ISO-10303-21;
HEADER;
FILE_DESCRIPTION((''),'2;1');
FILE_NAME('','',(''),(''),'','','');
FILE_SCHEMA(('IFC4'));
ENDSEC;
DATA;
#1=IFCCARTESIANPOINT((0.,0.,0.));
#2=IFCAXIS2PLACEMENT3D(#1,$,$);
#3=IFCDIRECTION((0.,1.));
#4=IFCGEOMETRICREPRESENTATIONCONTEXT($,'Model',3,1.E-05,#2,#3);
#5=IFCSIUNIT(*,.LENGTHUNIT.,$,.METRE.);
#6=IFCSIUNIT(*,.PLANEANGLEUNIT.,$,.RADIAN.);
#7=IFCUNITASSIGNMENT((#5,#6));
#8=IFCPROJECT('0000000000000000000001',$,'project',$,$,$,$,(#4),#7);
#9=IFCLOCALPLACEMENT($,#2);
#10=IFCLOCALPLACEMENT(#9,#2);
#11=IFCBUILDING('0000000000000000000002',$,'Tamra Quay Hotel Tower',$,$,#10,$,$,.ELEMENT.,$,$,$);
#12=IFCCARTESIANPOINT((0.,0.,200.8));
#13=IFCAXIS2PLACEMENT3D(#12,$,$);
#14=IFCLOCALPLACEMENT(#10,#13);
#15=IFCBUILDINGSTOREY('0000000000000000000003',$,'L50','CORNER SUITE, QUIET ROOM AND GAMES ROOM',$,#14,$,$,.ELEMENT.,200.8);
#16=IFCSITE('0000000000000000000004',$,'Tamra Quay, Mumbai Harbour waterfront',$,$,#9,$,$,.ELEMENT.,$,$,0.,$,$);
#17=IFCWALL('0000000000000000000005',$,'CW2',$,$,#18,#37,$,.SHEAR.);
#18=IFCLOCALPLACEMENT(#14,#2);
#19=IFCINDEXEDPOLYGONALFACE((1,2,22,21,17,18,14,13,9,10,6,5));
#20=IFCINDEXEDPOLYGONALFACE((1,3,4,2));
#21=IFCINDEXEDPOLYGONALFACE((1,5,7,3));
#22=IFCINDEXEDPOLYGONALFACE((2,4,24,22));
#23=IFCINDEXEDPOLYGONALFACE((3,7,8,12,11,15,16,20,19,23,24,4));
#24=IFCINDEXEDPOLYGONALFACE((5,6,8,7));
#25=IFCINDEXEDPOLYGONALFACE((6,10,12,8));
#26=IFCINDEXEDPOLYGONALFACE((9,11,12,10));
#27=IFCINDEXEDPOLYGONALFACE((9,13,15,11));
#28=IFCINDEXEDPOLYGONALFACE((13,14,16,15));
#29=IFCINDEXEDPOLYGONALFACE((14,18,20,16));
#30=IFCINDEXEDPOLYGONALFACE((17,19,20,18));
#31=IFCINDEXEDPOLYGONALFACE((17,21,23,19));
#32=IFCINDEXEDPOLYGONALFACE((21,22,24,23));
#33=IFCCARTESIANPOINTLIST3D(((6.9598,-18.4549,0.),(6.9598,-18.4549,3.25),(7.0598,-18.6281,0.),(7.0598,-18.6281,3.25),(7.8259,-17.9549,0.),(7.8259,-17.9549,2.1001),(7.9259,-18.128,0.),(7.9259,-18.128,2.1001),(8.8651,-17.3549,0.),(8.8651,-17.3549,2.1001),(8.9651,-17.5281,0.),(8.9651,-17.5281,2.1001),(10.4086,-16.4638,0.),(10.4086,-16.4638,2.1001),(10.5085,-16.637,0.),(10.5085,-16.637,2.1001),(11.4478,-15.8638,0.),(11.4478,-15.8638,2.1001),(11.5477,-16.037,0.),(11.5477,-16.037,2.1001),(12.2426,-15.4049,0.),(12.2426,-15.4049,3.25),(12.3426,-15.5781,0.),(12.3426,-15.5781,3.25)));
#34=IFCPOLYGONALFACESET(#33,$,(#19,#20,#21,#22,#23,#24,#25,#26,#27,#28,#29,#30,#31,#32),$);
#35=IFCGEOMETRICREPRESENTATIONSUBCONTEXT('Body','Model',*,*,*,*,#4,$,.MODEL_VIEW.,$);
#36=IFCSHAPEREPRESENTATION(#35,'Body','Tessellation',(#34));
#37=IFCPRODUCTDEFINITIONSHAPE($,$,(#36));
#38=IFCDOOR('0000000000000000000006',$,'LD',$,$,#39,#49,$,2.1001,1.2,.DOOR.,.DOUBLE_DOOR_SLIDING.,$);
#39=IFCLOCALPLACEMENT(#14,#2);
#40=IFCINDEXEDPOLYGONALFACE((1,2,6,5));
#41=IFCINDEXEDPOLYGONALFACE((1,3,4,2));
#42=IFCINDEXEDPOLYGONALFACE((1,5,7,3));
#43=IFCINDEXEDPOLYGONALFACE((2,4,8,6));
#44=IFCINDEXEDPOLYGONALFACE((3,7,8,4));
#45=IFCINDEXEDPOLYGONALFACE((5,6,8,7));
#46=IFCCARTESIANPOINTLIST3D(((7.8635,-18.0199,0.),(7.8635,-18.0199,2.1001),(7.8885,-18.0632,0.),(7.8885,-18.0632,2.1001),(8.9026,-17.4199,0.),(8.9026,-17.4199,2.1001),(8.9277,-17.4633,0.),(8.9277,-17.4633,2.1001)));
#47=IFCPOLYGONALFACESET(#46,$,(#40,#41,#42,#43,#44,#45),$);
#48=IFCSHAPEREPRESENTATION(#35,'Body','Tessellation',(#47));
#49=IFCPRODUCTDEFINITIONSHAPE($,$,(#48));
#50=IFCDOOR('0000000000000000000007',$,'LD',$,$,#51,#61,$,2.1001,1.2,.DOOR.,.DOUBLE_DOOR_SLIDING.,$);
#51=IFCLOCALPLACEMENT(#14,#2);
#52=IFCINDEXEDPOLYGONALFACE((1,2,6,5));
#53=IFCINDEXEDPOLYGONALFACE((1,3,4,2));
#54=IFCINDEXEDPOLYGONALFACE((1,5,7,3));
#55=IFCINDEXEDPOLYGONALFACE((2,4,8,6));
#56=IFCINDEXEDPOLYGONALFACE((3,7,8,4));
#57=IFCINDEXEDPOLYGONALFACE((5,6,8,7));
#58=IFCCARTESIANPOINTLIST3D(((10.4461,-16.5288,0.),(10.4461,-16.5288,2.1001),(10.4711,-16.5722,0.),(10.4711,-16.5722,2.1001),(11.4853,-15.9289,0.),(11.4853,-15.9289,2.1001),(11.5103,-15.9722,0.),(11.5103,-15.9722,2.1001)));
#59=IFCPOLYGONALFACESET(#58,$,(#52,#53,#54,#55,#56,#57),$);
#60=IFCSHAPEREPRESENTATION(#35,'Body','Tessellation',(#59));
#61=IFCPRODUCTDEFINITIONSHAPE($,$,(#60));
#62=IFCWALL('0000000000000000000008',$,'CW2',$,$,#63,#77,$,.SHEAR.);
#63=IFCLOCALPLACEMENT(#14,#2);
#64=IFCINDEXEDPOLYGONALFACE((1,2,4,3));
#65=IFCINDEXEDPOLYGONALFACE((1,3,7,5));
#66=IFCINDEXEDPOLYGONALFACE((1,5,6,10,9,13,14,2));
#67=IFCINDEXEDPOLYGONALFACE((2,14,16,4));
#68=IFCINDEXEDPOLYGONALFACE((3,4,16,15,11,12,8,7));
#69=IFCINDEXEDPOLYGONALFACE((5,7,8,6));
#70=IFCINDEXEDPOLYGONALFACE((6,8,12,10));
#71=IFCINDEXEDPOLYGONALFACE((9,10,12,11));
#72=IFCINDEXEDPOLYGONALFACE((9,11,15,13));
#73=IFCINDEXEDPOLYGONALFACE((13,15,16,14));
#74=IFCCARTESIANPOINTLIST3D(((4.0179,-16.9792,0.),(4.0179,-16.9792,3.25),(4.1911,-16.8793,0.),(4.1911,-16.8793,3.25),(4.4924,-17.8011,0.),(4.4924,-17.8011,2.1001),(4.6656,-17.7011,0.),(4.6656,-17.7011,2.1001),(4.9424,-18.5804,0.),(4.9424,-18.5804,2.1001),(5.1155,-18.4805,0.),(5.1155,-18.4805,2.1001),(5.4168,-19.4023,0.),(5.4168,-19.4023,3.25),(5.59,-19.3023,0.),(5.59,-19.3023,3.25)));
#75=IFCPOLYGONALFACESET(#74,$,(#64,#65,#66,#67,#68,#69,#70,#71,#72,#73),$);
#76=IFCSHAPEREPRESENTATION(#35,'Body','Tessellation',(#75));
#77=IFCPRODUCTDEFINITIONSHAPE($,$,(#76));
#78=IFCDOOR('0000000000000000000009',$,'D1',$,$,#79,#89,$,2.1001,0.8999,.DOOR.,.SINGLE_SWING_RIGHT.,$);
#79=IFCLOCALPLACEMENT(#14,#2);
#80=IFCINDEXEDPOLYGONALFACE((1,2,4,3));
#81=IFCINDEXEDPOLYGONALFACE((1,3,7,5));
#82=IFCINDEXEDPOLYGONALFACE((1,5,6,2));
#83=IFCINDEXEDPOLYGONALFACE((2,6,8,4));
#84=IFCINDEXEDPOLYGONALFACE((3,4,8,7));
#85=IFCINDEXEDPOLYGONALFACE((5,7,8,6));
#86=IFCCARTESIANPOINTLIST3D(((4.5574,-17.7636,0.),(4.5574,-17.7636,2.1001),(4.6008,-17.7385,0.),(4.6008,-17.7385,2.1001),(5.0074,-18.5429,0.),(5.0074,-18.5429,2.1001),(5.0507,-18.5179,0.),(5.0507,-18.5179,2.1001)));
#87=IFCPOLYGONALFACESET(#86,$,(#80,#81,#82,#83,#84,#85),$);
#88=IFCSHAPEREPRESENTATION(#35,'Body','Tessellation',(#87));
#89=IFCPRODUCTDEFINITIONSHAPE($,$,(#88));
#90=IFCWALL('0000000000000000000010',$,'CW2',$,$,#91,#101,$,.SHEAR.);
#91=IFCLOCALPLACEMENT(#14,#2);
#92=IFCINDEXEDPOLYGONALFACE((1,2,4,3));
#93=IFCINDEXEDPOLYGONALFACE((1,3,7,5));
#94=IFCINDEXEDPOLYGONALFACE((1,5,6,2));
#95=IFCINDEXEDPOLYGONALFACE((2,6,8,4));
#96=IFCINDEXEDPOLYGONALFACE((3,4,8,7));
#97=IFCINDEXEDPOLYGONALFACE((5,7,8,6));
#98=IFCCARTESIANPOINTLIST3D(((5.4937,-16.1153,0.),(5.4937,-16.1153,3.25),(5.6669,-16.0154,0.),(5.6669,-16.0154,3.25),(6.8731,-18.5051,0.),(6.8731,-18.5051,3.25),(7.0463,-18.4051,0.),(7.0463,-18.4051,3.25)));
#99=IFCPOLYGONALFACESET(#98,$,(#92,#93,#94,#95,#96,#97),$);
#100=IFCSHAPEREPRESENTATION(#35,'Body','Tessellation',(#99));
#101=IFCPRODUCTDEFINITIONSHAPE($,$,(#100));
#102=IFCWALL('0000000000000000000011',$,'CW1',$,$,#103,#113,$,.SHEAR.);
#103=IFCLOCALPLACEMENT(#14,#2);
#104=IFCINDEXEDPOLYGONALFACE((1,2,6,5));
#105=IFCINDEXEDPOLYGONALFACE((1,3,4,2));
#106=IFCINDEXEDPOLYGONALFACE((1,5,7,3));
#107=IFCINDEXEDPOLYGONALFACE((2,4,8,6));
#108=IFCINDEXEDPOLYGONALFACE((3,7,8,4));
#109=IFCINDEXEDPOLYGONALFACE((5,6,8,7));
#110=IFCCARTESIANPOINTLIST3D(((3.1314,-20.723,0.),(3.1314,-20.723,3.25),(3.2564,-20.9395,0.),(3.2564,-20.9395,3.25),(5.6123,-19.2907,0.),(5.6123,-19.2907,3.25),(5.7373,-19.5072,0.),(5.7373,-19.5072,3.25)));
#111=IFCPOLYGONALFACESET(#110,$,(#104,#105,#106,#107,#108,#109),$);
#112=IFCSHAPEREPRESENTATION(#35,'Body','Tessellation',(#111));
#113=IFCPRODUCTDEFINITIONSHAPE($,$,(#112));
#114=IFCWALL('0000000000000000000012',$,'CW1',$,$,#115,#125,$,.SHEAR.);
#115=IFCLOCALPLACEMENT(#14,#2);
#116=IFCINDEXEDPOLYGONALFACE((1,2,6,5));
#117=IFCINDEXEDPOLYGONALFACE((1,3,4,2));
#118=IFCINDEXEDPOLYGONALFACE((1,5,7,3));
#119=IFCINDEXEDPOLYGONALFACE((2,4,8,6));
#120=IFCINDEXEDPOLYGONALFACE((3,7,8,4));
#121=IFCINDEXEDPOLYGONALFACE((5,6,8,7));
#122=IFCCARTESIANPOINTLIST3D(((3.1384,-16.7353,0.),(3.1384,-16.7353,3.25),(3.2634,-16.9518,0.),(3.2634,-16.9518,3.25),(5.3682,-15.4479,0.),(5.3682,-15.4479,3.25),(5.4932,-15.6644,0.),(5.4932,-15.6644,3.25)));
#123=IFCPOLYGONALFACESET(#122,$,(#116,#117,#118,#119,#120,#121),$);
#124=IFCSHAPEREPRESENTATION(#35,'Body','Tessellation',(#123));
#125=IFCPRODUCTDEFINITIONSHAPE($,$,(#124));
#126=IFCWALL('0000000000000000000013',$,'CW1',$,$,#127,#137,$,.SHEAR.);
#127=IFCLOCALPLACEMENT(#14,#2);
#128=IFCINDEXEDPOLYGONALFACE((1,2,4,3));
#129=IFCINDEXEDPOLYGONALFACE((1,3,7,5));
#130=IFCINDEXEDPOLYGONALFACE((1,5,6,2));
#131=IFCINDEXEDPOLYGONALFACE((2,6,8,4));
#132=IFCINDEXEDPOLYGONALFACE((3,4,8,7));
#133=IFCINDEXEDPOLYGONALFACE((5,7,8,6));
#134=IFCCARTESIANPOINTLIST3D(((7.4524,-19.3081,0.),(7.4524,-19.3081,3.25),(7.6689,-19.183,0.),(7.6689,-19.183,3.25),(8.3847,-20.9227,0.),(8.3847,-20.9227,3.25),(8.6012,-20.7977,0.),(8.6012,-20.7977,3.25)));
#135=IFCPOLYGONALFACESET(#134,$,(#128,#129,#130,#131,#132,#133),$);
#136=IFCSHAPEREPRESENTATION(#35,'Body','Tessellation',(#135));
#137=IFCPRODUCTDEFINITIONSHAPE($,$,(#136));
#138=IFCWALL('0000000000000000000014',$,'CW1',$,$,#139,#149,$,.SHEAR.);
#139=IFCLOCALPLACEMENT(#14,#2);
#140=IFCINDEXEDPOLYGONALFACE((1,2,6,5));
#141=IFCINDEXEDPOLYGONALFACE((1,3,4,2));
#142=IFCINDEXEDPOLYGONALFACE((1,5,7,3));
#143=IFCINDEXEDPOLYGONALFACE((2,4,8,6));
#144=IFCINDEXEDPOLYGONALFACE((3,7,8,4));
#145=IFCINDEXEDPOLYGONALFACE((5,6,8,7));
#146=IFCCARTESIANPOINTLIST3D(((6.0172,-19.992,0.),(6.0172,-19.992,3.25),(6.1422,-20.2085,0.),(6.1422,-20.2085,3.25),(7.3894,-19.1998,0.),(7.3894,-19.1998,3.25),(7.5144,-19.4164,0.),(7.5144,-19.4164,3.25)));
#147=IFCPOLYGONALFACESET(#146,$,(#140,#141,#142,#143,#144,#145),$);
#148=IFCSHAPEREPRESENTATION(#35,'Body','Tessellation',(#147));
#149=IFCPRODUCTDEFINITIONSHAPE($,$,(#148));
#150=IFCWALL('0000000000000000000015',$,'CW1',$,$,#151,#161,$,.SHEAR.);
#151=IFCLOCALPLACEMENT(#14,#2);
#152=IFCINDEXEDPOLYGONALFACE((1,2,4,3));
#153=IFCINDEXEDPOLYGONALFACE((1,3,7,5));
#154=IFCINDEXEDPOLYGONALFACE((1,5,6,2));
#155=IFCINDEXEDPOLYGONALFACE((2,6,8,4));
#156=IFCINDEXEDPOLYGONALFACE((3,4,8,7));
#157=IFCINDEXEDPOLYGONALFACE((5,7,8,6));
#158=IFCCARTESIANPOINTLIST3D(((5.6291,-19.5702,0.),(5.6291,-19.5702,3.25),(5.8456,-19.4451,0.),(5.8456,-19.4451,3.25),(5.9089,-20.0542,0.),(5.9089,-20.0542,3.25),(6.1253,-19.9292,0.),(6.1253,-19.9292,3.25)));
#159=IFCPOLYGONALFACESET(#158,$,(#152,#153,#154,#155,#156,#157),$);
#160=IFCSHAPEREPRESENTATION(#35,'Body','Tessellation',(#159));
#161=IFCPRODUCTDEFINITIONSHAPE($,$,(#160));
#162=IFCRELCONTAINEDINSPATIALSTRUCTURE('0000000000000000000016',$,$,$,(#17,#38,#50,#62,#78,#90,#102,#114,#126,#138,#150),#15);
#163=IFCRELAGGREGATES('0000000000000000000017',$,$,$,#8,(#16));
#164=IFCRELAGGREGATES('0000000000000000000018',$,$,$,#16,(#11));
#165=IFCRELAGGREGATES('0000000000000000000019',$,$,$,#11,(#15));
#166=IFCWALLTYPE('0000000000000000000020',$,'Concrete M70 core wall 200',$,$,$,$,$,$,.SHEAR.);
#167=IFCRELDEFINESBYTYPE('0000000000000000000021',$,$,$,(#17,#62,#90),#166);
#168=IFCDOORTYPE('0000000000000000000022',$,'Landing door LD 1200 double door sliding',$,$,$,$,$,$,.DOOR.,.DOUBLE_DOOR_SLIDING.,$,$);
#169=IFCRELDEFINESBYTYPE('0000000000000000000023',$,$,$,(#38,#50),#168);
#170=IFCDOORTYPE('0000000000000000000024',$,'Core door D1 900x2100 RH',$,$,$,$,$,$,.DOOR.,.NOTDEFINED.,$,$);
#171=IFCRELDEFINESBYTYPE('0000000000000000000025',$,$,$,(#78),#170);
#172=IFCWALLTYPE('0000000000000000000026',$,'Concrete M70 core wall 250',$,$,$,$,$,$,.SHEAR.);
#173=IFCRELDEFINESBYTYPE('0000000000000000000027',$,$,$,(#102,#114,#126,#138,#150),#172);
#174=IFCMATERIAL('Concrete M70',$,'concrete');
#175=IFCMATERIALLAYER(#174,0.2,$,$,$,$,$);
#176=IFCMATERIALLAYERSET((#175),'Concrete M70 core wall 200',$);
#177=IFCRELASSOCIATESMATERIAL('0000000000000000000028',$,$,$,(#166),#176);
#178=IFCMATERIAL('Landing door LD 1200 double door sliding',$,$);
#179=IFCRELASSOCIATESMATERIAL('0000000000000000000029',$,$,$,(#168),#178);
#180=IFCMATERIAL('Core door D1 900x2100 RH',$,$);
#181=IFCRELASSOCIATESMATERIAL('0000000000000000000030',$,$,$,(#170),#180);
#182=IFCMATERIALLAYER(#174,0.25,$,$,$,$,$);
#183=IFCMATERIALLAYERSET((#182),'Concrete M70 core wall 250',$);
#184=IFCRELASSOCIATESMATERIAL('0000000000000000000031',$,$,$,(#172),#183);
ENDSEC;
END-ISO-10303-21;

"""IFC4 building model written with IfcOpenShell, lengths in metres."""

from ifc_helpers import new_model, si_unit, direction, frame, frame_2d, origin, place, context, subcontext, project, spatial, rectangle, extrude, material, layer, layer_set, type_object, element, fill, save


model = new_model("IFC4")

# Units and contexts
model_context = context("Model", 3, precision=1e-05, world=origin(), true_north=direction((0.0, 1.0)))
body_context = subcontext(model_context, "Body", "Model", "MODEL_VIEW")
ifc_project = project(units=[si_unit("LENGTHUNIT", "METRE"), si_unit("PLANEANGLEUNIT", "RADIAN")], contexts=[model_context])

# Site, building, storey
site_placement = place(None, origin())
site = spatial("IfcSite", under=ifc_project, at=site_placement, Name="Tamra Quay, Mumbai Harbour waterfront", CompositionType="ELEMENT", RefElevation=0.0)
building_placement = place(site_placement, origin())
building = spatial("IfcBuilding", under=site, at=building_placement, Name="Tamra Quay Hotel Tower", CompositionType="ELEMENT")
storey_placement = place(building_placement, frame((0.0, 0.0, 200.8)))
storey = spatial("IfcBuildingStorey", under=building, at=storey_placement, Name="L50", Description="CORNER SUITE, QUIET ROOM AND GAMES ROOM", CompositionType="ELEMENT", Elevation=200.8)

# Shared definitions
ifc_material_1 = material(Name="Concrete M70", Category="concrete")

# Wall, openings, doors
ifc_layer_1 = layer(ifc_material_1, 0.2)
ifc_layer_set_1 = layer_set([ifc_layer_1], Name="Concrete M70 core wall 200")
wall_type_1 = type_object("IfcWallType", Name="Concrete M70 core wall 200", PredefinedType="SHEAR", material=ifc_layer_set_1)
wall_1_placement = place(storey_placement, frame((7.0098, -18.5415, 0.0), z_axis=(0.0, 0.0, 1.0), x_axis=(0.86603, 0.499992, 0.0)))
wall_1 = element("IfcWall", 1, at=wall_1_placement, inside=storey, type_object=wall_type_1, Name="CW2", PredefinedType="SHEAR", context=body_context, shape_type="SweptSolid", body=[
    extrude(rectangle(XDim=6.1001, YDim=0.2, at=frame_2d((3.05, 0.0))), origin(), (0.0, 0.0, 1.0), 3.25),
])
opening_1_placement = place(wall_1_placement, frame((1.0, 0.0, 0.0)))
opening_1 = element("IfcOpeningElement", 2, at=opening_1_placement, cuts=wall_1, PredefinedType="OPENING", context=body_context, shape_type="SweptSolid", body=[
    extrude(rectangle(XDim=1.2, YDim=2.1001, at=frame_2d((0.6001, 1.05))), frame((0.0, 0.1099, 0.0), z_axis=(0.0, -1.0, 0.0), x_axis=(1.0, 0.0, 0.0)), (0.0, 0.0, 1.0), 0.22),
])
opening_2_placement = place(wall_1_placement, frame((3.9822, 0.0, 0.0)))
opening_2 = element("IfcOpeningElement", 3, at=opening_2_placement, cuts=wall_1, PredefinedType="OPENING", context=body_context, shape_type="SweptSolid", body=[
    extrude(rectangle(XDim=1.2, YDim=2.1001, at=frame_2d((0.6001, 1.05))), frame((0.0, 0.1099, 0.0), z_axis=(0.0, -1.0, 0.0), x_axis=(1.0, 0.0, 0.0)), (0.0, 0.0, 1.0), 0.22),
])
ifc_material_2 = material(Name="Landing door LD 1200 double door sliding")
door_type_1 = type_object("IfcDoorType", Name="Landing door LD 1200 double door sliding", OperationType="DOUBLE_DOOR_SLIDING", PredefinedType="DOOR", material=ifc_material_2)
door_1_placement = place(opening_1_placement, origin())
door_1 = element("IfcDoor", 4, at=door_1_placement, inside=storey, type_object=door_type_1, Name="LD", OperationType="DOUBLE_DOOR_SLIDING", OverallHeight=2.1001, OverallWidth=1.2, PredefinedType="DOOR", context=body_context, shape_type="SweptSolid", body=[
    extrude(rectangle(XDim=1.2, YDim=2.1001, at=frame_2d((0.6001, 1.05))), frame((0.0, 0.0249, 0.0), z_axis=(0.0, -1.0, 0.0), x_axis=(1.0, 0.0, 0.0)), (0.0, 0.0, 1.0), 0.05),
])
fill(opening_1, door_1)
door_2_placement = place(opening_2_placement, origin())
door_2 = element("IfcDoor", 5, at=door_2_placement, inside=storey, type_object=door_type_1, Name="LD", OperationType="DOUBLE_DOOR_SLIDING", OverallHeight=2.1001, OverallWidth=1.2, PredefinedType="DOOR", context=body_context, shape_type="SweptSolid", body=[
    extrude(rectangle(XDim=1.2, YDim=2.1001, at=frame_2d((0.6001, 1.05))), frame((0.0, 0.0249, 0.0), z_axis=(0.0, -1.0, 0.0), x_axis=(1.0, 0.0, 0.0)), (0.0, 0.0, 1.0), 0.05),
])
fill(opening_2, door_2)

# Wall, opening, door
wall_2_placement = place(storey_placement, frame((5.5034, -19.3523, 0.0), z_axis=(0.0, 0.0, 1.0), x_axis=(-0.499987, 0.866033, 0.0)))
wall_2 = element("IfcWall", 6, at=wall_2_placement, inside=storey, type_object=wall_type_1, Name="CW2", PredefinedType="SHEAR", context=body_context, shape_type="SweptSolid", body=[
    extrude(rectangle(XDim=2.7979, YDim=0.2, at=frame_2d((1.3989, 0.0))), origin(), (0.0, 0.0, 1.0), 3.25),
])
opening_3_placement = place(wall_2_placement, frame((0.949, 0.0, 0.0)))
opening_3 = element("IfcOpeningElement", 7, at=opening_3_placement, cuts=wall_2, PredefinedType="OPENING", context=body_context, shape_type="SweptSolid", body=[
    extrude(rectangle(XDim=0.8999, YDim=2.1001, at=frame_2d((0.45, 1.05))), frame((0.0, 0.1099, 0.0), z_axis=(0.0, -1.0, 0.0), x_axis=(1.0, 0.0, 0.0)), (0.0, 0.0, 1.0), 0.22),
])
ifc_material_3 = material(Name="Core door D1 900x2100 RH")
door_type_2 = type_object("IfcDoorType", Name="Core door D1 900x2100 RH", OperationType="NOTDEFINED", PredefinedType="DOOR", material=ifc_material_3)
door_3_placement = place(opening_3_placement, origin())
door_3 = element("IfcDoor", 8, at=door_3_placement, inside=storey, type_object=door_type_2, Name="D1", OperationType="SINGLE_SWING_RIGHT", OverallHeight=2.1001, OverallWidth=0.8999, PredefinedType="DOOR", context=body_context, shape_type="SweptSolid", body=[
    extrude(rectangle(XDim=0.8999, YDim=2.1001, at=frame_2d((0.45, 1.05))), frame((0.0, 0.0249, 0.0), z_axis=(0.0, -1.0, 0.0), x_axis=(1.0, 0.0, 0.0)), (0.0, 0.0, 1.0), 0.05),
])
fill(opening_3, door_3)

# Walls
wall_3_placement = place(storey_placement, frame((6.9597, -18.4551, 0.0), z_axis=(0.0, 0.0, 1.0), x_axis=(-0.499927, 0.866068, 0.0)))
element("IfcWall", 9, at=wall_3_placement, inside=storey, type_object=wall_type_1, Name="CW2", PredefinedType="SHEAR", context=body_context, shape_type="SweptSolid", body=[
    extrude(rectangle(XDim=2.7593, YDim=0.2, at=frame_2d((1.3796, 0.0))), origin(), (0.0, 0.0, 1.0), 3.25),
])
ifc_layer_2 = layer(ifc_material_1, 0.25)
ifc_layer_set_2 = layer_set([ifc_layer_2], Name="Concrete M70 core wall 250")
wall_type_2 = type_object("IfcWallType", Name="Concrete M70 core wall 250", PredefinedType="SHEAR", material=ifc_layer_set_2)
wall_4_placement = place(storey_placement, frame((5.6748, -19.3989, 0.0), z_axis=(0.0, 0.0, 1.0), x_axis=(-0.866027, -0.499998, 0.0)))
element("IfcWall", 10, at=wall_4_placement, inside=storey, type_object=wall_type_2, Name="CW1", PredefinedType="SHEAR", context=body_context, shape_type="SweptSolid", body=[
    extrude(rectangle(XDim=2.8647, YDim=0.25, at=frame_2d((1.4324, 0.0))), origin(), (0.0, 0.0, 1.0), 3.25),
])
wall_5_placement = place(storey_placement, frame((5.4307, -15.5562, 0.0), z_axis=(0.0, 0.0, 1.0), x_axis=(-0.866023, -0.500004, 0.0)))
element("IfcWall", 11, at=wall_5_placement, inside=storey, type_object=wall_type_2, Name="CW1", PredefinedType="SHEAR", context=body_context, shape_type="SweptSolid", body=[
    extrude(rectangle(XDim=2.5747, YDim=0.25, at=frame_2d((1.2874, 0.0))), origin(), (0.0, 0.0, 1.0), 3.25),
])
wall_6_placement = place(storey_placement, frame((8.4929, -20.8601, 0.0), z_axis=(0.0, 0.0, 1.0), x_axis=(-0.50004, 0.866002, 0.0)))
element("IfcWall", 12, at=wall_6_placement, inside=storey, type_object=wall_type_2, Name="CW1", PredefinedType="SHEAR", context=body_context, shape_type="SweptSolid", body=[
    extrude(rectangle(XDim=1.8645, YDim=0.25, at=frame_2d((0.9321, 0.0))), origin(), (0.0, 0.0, 1.0), 3.25),
])
wall_7_placement = place(storey_placement, frame((7.4519, -19.3081, 0.0), z_axis=(0.0, 0.0, 1.0), x_axis=(-0.866044, -0.499967, 0.0)))
element("IfcWall", 13, at=wall_7_placement, inside=storey, type_object=wall_type_2, Name="CW1", PredefinedType="SHEAR", context=body_context, shape_type="SweptSolid", body=[
    extrude(rectangle(XDim=1.5845, YDim=0.25, at=frame_2d((0.7922, 0.0))), origin(), (0.0, 0.0, 1.0), 3.25),
])
wall_8_placement = place(storey_placement, frame((6.0171, -19.9917, 0.0), z_axis=(0.0, 0.0, 1.0), x_axis=(-0.500365, 0.865815, 0.0)))
element("IfcWall", 14, at=wall_8_placement, inside=storey, type_object=wall_type_2, Name="CW1", PredefinedType="SHEAR", context=body_context, shape_type="SweptSolid", body=[
    extrude(rectangle(XDim=0.5591, YDim=0.25, at=frame_2d((0.2795, 0.0))), origin(), (0.0, 0.0, 1.0), 3.25),
])

save(model, "model.ifc")
